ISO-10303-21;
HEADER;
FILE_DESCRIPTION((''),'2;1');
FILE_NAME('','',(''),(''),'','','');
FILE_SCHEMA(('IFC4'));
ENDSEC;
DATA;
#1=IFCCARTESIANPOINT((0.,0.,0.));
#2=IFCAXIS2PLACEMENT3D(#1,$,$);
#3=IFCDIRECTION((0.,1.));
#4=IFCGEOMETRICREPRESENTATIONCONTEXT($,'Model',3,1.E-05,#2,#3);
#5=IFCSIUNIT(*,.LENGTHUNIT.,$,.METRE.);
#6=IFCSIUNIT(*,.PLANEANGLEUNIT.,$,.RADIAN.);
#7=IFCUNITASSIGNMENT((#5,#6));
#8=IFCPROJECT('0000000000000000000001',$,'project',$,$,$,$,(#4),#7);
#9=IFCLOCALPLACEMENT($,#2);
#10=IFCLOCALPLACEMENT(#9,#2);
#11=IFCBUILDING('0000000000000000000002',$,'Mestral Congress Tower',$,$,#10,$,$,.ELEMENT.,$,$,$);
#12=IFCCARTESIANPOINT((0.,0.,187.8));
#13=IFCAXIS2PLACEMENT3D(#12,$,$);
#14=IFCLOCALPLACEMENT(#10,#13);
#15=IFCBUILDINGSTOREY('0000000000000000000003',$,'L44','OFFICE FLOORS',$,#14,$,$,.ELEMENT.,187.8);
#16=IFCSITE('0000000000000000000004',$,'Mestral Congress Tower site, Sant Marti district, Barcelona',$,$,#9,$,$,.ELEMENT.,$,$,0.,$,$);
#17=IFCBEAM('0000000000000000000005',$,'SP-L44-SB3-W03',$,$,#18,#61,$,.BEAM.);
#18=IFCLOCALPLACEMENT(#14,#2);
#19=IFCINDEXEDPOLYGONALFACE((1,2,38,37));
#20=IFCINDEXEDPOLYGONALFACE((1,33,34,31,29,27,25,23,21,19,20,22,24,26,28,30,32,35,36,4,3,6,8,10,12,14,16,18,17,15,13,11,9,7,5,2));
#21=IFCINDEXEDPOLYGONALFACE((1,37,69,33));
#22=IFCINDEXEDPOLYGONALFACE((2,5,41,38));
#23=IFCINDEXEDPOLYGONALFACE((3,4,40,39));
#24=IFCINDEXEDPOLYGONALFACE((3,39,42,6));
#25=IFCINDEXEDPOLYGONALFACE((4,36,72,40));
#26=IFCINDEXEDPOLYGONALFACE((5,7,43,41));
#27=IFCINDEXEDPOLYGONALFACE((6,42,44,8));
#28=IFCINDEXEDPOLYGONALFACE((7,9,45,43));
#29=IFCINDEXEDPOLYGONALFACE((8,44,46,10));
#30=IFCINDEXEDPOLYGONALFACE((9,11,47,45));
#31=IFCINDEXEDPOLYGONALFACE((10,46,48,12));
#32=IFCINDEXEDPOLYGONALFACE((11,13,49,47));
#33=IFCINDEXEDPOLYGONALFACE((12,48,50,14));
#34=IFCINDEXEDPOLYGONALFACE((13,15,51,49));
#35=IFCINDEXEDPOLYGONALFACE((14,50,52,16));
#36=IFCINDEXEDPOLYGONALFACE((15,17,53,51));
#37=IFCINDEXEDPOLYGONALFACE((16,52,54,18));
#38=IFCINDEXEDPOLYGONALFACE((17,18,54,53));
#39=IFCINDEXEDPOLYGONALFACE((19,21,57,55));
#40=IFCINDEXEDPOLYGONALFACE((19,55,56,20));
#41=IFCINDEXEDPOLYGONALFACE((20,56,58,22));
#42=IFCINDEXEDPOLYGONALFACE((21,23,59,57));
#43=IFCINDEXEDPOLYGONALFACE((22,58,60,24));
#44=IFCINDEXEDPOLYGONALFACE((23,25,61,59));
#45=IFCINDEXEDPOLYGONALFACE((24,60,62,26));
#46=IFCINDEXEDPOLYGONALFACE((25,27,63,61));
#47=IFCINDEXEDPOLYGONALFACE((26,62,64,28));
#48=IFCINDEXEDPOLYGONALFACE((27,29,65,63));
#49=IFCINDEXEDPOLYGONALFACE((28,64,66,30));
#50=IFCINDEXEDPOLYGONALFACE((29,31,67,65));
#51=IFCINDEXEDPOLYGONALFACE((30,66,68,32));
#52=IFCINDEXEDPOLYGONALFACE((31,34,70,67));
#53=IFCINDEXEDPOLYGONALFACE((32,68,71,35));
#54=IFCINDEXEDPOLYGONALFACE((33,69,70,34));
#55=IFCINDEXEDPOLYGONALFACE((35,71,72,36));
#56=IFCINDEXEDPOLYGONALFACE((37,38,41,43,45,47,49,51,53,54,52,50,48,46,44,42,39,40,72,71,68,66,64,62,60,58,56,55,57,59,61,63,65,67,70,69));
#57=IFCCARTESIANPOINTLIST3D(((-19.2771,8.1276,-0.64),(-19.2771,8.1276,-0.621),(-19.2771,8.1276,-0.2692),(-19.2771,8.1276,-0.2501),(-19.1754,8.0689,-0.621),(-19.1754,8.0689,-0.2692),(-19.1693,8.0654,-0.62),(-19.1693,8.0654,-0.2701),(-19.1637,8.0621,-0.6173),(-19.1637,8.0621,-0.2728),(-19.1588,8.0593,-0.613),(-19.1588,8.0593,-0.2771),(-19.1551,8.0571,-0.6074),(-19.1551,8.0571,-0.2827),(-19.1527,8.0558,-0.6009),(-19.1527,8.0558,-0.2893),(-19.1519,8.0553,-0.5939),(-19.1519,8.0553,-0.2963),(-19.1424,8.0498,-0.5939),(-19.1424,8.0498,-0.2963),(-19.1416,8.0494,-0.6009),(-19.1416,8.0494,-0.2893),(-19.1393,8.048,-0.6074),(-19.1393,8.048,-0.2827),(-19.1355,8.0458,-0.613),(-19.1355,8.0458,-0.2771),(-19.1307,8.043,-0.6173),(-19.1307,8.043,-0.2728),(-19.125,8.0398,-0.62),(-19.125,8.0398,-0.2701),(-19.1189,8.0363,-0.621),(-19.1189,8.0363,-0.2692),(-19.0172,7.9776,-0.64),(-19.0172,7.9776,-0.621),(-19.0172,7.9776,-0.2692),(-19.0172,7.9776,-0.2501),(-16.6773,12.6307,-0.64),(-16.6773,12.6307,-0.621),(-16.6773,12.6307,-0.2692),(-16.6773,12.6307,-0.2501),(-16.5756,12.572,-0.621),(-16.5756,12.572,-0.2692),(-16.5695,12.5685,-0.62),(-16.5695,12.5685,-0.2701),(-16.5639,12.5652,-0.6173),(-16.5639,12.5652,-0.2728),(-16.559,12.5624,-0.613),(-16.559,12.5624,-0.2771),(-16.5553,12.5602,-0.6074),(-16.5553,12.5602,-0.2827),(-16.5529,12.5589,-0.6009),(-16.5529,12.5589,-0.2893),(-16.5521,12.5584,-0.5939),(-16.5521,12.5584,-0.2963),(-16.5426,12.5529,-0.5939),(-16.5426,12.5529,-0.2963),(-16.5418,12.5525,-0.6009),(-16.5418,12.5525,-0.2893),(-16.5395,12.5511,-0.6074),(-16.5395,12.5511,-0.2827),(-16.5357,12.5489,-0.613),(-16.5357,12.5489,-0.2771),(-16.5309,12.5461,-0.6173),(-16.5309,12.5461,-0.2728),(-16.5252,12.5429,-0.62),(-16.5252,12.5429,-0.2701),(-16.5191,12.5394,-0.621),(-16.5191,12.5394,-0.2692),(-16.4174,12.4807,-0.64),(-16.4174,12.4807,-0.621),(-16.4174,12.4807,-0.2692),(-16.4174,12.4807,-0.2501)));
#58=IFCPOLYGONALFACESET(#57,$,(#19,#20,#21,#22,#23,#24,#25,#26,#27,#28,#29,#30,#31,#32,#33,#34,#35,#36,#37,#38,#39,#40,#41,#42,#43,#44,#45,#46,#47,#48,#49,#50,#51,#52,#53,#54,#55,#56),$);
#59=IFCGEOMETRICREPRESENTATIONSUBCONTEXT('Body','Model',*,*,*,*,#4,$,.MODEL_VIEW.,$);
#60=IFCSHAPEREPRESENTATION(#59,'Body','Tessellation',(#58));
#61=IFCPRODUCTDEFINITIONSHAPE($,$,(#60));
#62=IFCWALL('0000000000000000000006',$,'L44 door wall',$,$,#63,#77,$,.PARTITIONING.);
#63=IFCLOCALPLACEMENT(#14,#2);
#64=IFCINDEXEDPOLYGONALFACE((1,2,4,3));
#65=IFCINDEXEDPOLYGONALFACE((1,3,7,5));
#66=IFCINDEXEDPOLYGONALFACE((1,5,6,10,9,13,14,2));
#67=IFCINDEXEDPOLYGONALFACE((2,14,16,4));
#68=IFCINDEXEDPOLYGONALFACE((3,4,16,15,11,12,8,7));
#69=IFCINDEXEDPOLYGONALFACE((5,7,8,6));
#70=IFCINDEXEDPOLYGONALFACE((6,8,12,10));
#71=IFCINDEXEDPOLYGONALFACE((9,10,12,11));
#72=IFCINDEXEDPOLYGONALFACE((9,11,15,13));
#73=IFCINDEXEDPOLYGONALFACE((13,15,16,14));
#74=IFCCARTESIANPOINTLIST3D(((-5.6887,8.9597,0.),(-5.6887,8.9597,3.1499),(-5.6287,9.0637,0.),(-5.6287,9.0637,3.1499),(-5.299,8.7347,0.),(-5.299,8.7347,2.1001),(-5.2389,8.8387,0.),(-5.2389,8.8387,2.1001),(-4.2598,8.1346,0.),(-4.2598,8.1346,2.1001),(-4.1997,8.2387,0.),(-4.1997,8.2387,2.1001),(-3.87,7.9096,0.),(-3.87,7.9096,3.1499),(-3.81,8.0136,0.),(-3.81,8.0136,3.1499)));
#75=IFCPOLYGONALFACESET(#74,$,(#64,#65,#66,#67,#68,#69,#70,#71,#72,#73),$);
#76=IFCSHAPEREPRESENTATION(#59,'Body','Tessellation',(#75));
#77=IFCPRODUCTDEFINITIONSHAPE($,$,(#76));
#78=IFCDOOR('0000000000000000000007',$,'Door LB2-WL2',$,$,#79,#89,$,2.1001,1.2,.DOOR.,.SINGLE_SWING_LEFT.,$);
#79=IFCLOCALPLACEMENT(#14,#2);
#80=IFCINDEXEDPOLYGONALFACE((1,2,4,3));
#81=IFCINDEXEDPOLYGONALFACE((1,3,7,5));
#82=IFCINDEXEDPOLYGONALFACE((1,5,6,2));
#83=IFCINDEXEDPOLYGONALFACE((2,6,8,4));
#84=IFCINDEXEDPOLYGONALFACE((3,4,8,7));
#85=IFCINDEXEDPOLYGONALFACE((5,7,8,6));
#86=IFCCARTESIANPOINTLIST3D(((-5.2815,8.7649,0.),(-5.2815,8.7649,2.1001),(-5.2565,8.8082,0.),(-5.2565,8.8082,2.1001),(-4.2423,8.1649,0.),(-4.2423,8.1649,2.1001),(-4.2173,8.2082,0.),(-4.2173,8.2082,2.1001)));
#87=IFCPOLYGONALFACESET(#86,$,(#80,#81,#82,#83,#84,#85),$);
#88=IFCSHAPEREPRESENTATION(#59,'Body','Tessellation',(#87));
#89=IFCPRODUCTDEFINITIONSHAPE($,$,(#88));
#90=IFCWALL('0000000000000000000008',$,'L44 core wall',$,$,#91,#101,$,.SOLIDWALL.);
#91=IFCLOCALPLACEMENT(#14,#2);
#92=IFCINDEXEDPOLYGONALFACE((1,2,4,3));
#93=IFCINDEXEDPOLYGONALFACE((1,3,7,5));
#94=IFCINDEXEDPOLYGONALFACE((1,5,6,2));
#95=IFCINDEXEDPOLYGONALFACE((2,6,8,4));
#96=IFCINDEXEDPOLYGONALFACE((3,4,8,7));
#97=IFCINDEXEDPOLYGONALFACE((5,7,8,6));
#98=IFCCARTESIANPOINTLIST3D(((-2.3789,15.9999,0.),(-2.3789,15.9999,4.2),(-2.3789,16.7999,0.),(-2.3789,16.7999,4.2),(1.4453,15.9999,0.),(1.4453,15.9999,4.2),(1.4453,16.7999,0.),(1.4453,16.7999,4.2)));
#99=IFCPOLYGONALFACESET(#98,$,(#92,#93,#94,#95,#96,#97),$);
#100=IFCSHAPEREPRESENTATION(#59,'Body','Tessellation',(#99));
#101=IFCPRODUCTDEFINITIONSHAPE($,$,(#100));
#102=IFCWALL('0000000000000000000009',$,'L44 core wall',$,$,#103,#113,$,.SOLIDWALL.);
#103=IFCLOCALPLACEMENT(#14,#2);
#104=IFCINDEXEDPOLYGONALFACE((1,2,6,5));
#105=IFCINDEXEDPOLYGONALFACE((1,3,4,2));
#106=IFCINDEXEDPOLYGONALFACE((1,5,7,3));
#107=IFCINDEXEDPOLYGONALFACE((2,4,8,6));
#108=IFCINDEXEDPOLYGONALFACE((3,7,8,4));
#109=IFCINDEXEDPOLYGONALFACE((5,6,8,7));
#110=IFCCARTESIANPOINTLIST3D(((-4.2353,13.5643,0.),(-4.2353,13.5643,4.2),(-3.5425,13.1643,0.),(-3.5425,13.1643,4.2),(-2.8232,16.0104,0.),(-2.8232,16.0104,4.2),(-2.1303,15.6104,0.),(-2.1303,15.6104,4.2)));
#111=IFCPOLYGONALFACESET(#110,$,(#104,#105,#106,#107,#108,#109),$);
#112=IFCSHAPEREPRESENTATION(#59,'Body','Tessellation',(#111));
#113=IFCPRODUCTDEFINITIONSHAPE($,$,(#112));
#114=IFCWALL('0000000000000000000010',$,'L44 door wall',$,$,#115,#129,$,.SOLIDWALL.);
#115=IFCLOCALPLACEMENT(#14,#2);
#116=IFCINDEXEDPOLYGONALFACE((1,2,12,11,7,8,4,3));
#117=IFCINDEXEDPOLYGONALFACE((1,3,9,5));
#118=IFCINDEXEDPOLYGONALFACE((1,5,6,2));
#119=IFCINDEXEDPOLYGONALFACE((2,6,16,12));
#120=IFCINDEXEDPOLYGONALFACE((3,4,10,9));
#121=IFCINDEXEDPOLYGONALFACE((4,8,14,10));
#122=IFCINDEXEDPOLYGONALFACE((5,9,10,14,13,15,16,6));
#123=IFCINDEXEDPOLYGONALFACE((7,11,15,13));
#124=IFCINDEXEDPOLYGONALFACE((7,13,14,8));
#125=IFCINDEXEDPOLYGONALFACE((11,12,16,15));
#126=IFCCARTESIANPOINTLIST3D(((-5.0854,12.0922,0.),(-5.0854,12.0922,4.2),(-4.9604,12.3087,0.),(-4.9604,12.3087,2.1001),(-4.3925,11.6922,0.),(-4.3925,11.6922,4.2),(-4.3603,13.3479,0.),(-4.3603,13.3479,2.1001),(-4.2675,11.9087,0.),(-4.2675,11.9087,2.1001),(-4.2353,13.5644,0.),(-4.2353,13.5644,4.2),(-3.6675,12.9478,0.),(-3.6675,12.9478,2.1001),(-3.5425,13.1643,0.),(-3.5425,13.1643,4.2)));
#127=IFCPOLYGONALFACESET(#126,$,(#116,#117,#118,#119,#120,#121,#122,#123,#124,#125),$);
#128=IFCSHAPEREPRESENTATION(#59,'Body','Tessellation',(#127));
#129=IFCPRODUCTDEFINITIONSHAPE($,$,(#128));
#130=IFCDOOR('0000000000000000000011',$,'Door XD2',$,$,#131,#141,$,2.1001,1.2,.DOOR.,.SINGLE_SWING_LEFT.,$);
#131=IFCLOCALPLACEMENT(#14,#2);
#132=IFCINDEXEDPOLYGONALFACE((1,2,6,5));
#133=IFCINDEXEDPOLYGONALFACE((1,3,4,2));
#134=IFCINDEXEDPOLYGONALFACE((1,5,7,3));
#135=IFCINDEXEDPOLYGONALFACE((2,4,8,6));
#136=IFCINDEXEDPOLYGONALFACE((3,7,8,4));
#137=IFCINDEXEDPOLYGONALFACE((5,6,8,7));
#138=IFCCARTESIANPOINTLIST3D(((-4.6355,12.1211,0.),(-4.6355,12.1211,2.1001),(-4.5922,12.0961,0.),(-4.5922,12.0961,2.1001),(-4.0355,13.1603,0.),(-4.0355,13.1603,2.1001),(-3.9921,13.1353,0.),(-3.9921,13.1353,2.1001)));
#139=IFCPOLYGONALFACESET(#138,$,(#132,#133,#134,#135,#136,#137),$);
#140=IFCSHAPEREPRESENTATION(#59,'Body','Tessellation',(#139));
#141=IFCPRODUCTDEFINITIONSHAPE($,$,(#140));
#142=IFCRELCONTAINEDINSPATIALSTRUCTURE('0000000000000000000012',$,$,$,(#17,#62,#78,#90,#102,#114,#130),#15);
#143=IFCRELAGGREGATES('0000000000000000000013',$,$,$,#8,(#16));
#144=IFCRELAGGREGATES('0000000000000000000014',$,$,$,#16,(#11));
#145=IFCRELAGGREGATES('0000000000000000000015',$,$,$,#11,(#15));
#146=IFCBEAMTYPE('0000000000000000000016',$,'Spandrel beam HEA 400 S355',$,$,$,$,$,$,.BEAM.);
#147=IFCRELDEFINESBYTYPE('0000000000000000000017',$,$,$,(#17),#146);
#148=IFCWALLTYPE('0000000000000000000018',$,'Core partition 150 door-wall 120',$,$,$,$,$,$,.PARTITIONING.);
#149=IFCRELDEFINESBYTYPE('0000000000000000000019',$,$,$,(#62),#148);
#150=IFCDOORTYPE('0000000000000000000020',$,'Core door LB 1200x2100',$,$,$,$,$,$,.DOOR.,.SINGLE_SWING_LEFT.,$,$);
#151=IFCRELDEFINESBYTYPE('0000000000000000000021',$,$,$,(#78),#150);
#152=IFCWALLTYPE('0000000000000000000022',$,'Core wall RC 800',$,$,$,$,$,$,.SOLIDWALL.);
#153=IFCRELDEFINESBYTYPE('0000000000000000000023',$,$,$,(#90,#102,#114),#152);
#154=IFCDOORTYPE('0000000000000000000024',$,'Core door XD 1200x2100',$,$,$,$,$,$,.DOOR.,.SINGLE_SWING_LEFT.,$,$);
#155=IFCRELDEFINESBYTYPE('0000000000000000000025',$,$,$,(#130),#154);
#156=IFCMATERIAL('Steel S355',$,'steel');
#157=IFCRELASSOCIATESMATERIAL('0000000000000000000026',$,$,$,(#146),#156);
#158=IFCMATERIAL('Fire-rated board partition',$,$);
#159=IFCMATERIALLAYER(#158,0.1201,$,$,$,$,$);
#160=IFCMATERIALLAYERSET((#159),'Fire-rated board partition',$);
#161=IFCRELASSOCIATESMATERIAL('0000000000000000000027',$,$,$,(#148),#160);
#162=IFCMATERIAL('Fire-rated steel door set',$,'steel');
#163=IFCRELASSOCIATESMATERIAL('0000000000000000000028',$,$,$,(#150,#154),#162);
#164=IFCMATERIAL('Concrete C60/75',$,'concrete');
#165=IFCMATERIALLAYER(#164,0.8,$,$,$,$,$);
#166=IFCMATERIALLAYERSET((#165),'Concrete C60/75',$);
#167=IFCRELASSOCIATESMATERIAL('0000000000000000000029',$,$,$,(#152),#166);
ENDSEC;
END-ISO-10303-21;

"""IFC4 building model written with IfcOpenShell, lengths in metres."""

from ifc_helpers import new_model, si_unit, direction, frame, frame_2d, origin, origin_2d, place, context, subcontext, project, spatial, rectangle, i_section, extrude, material, layer, layer_set, material_profile, profile_set, type_object, element, fill, save


model = new_model("IFC4")

# Units and contexts
model_context = context("Model", 3, precision=1e-05, world=origin(), true_north=direction((0.0, 1.0)))
body_context = subcontext(model_context, "Body", "Model", "MODEL_VIEW")
ifc_project = project(units=[si_unit("LENGTHUNIT", "METRE"), si_unit("PLANEANGLEUNIT", "RADIAN")], contexts=[model_context])

# Site, building, storey
site_placement = place(None, origin())
site = spatial("IfcSite", under=ifc_project, at=site_placement, Name="Mestral Congress Tower site, Sant Marti district, Barcelona", CompositionType="ELEMENT", RefElevation=0.0)
building_placement = place(site_placement, origin())
building = spatial("IfcBuilding", under=site, at=building_placement, Name="Mestral Congress Tower", CompositionType="ELEMENT")
storey_placement = place(building_placement, frame((0.0, 0.0, 187.8)))
storey = spatial("IfcBuildingStorey", under=building, at=storey_placement, Name="L44", Description="OFFICE FLOORS", CompositionType="ELEMENT", Elevation=187.8)

# Shared definitions
ifc_material_1 = material(Name="Concrete C60/75", Category="concrete")

# Beam
ifc_material_2 = material(Name="Steel S355", Category="steel")
ifc_material_profile_1 = material_profile(ifc_material_2, i_section(OverallWidth=0.3, OverallDepth=0.3899, WebThickness=0.011, FlangeThickness=0.019, FilletRadius=0.0271, at=origin_2d()), Name="HEA 400")
ifc_profile_set_1 = profile_set([ifc_material_profile_1], Name="Steel S355")
beam_type_1 = type_object("IfcBeamType", Name="Spandrel beam HEA 400 S355", PredefinedType="BEAM", material=ifc_profile_set_1)
beam_1_placement = place(storey_placement, frame((-16.5474, 12.5557, -0.4451), z_axis=(-0.499992, -0.86603, 0.0), x_axis=(0.86603, -0.499992, 0.0)))
element("IfcBeam", 1, at=beam_1_placement, inside=storey, type_object=beam_type_1, Name="SP-L44-SB3-W03", PredefinedType="BEAM", context=body_context, shape_type="SweptSolid", body=[
    extrude(i_section(OverallWidth=0.3, OverallDepth=0.3899, WebThickness=0.011, FlangeThickness=0.019, FilletRadius=0.0271, at=origin_2d()), origin(), (0.0, 0.0, 1.0), 5.1997),
])

# Wall, opening, door
ifc_material_3 = material(Name="Fire-rated board partition")
ifc_layer_1 = layer(ifc_material_3, 0.1201)
ifc_layer_set_1 = layer_set([ifc_layer_1], Name="Fire-rated board partition")
wall_type_1 = type_object("IfcWallType", Name="Core partition 150 door-wall 120", PredefinedType="PARTITIONING", material=ifc_layer_set_1)
wall_1_placement = place(storey_placement, frame((-5.6587, 9.0117, 0.0), z_axis=(0.0, 0.0, 1.0), x_axis=(0.866009, -0.500028, 0.0)))
wall_1 = element("IfcWall", 2, at=wall_1_placement, inside=storey, type_object=wall_type_1, Name="L44 door wall", PredefinedType="PARTITIONING", context=body_context, shape_type="SweptSolid", body=[
    extrude(rectangle(XDim=2.1001, YDim=0.1201, at=frame_2d((1.05, 0.0))), origin(), (0.0, 0.0, 1.0), 3.1499),
])
opening_1_placement = place(wall_1_placement, frame((0.45, 0.0, 0.0)))
opening_1 = element("IfcOpeningElement", 3, at=opening_1_placement, cuts=wall_1, PredefinedType="OPENING", context=body_context, shape_type="SweptSolid", body=[
    extrude(rectangle(XDim=1.2, YDim=2.1001, at=frame_2d((0.6001, 1.05))), frame((0.0, 0.0701, 0.0), z_axis=(0.0, -1.0, 0.0), x_axis=(1.0, 0.0, 0.0)), (0.0, 0.0, 1.0), 0.1401),
])
ifc_material_4 = material(Name="Fire-rated steel door set", Category="steel")
door_type_1 = type_object("IfcDoorType", Name="Core door LB 1200x2100", OperationType="SINGLE_SWING_LEFT", PredefinedType="DOOR", material=ifc_material_4)
door_1_placement = place(opening_1_placement, origin())
door_1 = element("IfcDoor", 4, at=door_1_placement, inside=storey, type_object=door_type_1, Name="Door LB2-WL2", OperationType="SINGLE_SWING_LEFT", OverallHeight=2.1001, OverallWidth=1.2, PredefinedType="DOOR", context=body_context, shape_type="SweptSolid", body=[
    extrude(rectangle(XDim=1.2, YDim=2.1001, at=frame_2d((0.6001, 1.05))), frame((0.0, 0.0249, 0.0), z_axis=(0.0, -1.0, 0.0), x_axis=(1.0, 0.0, 0.0)), (0.0, 0.0, 1.0), 0.05),
])
fill(opening_1, door_1)

# Walls
ifc_layer_2 = layer(ifc_material_1, 0.8)
ifc_layer_set_2 = layer_set([ifc_layer_2], Name="Concrete C60/75")
wall_type_2 = type_object("IfcWallType", Name="Core wall RC 800", PredefinedType="SOLIDWALL", material=ifc_layer_set_2)
wall_2_placement = place(storey_placement, frame((-2.3789, 16.3999, 0.0), z_axis=(0.0, 0.0, 1.0), x_axis=(1.0, 0.0, 0.0)))
element("IfcWall", 5, at=wall_2_placement, inside=storey, type_object=wall_type_2, Name="L44 core wall", PredefinedType="SOLIDWALL", context=body_context, shape_type="SweptSolid", body=[
    extrude(rectangle(XDim=3.8242, YDim=0.8, at=frame_2d((1.9121, 0.0))), origin(), (0.0, 0.0, 1.0), 4.2),
])
wall_3_placement = place(storey_placement, frame((-2.4768, 15.8103, 0.0), z_axis=(0.0, 0.0, 1.0), x_axis=(-0.499969, -0.866043, 0.0)))
element("IfcWall", 6, at=wall_3_placement, inside=storey, type_object=wall_type_2, Name="L44 core wall", PredefinedType="SOLIDWALL", context=body_context, shape_type="SweptSolid", body=[
    extrude(rectangle(XDim=2.8245, YDim=0.8, at=frame_2d((1.4121, 0.0))), origin(), (0.0, 0.0, 1.0), 4.2),
])

# Wall, opening, door
wall_4_placement = place(storey_placement, frame((-4.739, 11.8921, 0.0), z_axis=(0.0, 0.0, 1.0), x_axis=(0.500062, 0.865989, 0.0)))
wall_4 = element("IfcWall", 7, at=wall_4_placement, inside=storey, type_object=wall_type_2, Name="L44 door wall", PredefinedType="SOLIDWALL", context=body_context, shape_type="SweptSolid", body=[
    extrude(rectangle(XDim=1.7, YDim=0.8, at=frame_2d((0.8501, 0.0))), origin(), (0.0, 0.0, 1.0), 4.2),
])
opening_2_placement = place(wall_4_placement, frame((0.25, 0.0, 0.0)))
opening_2 = element("IfcOpeningElement", 8, at=opening_2_placement, cuts=wall_4, PredefinedType="OPENING", context=body_context, shape_type="SweptSolid", body=[
    extrude(rectangle(XDim=1.2, YDim=2.1001, at=frame_2d((0.6001, 1.05))), frame((0.0, 0.4099, 0.0), z_axis=(0.0, -1.0, 0.0), x_axis=(1.0, 0.0, 0.0)), (0.0, 0.0, 1.0), 0.8201),
])
door_type_2 = type_object("IfcDoorType", Name="Core door XD 1200x2100", OperationType="SINGLE_SWING_LEFT", PredefinedType="DOOR", material=ifc_material_4)
door_2_placement = place(opening_2_placement, origin())
door_2 = element("IfcDoor", 9, at=door_2_placement, inside=storey, type_object=door_type_2, Name="Door XD2", OperationType="SINGLE_SWING_LEFT", OverallHeight=2.1001, OverallWidth=1.2, PredefinedType="DOOR", context=body_context, shape_type="SweptSolid", body=[
    extrude(rectangle(XDim=1.2, YDim=2.1001, at=frame_2d((0.6001, 1.05))), frame((0.0, 0.0249, 0.0), z_axis=(0.0, -1.0, 0.0), x_axis=(1.0, 0.0, 0.0)), (0.0, 0.0, 1.0), 0.05),
])
fill(opening_2, door_2)

save(model, "model.ifc")
